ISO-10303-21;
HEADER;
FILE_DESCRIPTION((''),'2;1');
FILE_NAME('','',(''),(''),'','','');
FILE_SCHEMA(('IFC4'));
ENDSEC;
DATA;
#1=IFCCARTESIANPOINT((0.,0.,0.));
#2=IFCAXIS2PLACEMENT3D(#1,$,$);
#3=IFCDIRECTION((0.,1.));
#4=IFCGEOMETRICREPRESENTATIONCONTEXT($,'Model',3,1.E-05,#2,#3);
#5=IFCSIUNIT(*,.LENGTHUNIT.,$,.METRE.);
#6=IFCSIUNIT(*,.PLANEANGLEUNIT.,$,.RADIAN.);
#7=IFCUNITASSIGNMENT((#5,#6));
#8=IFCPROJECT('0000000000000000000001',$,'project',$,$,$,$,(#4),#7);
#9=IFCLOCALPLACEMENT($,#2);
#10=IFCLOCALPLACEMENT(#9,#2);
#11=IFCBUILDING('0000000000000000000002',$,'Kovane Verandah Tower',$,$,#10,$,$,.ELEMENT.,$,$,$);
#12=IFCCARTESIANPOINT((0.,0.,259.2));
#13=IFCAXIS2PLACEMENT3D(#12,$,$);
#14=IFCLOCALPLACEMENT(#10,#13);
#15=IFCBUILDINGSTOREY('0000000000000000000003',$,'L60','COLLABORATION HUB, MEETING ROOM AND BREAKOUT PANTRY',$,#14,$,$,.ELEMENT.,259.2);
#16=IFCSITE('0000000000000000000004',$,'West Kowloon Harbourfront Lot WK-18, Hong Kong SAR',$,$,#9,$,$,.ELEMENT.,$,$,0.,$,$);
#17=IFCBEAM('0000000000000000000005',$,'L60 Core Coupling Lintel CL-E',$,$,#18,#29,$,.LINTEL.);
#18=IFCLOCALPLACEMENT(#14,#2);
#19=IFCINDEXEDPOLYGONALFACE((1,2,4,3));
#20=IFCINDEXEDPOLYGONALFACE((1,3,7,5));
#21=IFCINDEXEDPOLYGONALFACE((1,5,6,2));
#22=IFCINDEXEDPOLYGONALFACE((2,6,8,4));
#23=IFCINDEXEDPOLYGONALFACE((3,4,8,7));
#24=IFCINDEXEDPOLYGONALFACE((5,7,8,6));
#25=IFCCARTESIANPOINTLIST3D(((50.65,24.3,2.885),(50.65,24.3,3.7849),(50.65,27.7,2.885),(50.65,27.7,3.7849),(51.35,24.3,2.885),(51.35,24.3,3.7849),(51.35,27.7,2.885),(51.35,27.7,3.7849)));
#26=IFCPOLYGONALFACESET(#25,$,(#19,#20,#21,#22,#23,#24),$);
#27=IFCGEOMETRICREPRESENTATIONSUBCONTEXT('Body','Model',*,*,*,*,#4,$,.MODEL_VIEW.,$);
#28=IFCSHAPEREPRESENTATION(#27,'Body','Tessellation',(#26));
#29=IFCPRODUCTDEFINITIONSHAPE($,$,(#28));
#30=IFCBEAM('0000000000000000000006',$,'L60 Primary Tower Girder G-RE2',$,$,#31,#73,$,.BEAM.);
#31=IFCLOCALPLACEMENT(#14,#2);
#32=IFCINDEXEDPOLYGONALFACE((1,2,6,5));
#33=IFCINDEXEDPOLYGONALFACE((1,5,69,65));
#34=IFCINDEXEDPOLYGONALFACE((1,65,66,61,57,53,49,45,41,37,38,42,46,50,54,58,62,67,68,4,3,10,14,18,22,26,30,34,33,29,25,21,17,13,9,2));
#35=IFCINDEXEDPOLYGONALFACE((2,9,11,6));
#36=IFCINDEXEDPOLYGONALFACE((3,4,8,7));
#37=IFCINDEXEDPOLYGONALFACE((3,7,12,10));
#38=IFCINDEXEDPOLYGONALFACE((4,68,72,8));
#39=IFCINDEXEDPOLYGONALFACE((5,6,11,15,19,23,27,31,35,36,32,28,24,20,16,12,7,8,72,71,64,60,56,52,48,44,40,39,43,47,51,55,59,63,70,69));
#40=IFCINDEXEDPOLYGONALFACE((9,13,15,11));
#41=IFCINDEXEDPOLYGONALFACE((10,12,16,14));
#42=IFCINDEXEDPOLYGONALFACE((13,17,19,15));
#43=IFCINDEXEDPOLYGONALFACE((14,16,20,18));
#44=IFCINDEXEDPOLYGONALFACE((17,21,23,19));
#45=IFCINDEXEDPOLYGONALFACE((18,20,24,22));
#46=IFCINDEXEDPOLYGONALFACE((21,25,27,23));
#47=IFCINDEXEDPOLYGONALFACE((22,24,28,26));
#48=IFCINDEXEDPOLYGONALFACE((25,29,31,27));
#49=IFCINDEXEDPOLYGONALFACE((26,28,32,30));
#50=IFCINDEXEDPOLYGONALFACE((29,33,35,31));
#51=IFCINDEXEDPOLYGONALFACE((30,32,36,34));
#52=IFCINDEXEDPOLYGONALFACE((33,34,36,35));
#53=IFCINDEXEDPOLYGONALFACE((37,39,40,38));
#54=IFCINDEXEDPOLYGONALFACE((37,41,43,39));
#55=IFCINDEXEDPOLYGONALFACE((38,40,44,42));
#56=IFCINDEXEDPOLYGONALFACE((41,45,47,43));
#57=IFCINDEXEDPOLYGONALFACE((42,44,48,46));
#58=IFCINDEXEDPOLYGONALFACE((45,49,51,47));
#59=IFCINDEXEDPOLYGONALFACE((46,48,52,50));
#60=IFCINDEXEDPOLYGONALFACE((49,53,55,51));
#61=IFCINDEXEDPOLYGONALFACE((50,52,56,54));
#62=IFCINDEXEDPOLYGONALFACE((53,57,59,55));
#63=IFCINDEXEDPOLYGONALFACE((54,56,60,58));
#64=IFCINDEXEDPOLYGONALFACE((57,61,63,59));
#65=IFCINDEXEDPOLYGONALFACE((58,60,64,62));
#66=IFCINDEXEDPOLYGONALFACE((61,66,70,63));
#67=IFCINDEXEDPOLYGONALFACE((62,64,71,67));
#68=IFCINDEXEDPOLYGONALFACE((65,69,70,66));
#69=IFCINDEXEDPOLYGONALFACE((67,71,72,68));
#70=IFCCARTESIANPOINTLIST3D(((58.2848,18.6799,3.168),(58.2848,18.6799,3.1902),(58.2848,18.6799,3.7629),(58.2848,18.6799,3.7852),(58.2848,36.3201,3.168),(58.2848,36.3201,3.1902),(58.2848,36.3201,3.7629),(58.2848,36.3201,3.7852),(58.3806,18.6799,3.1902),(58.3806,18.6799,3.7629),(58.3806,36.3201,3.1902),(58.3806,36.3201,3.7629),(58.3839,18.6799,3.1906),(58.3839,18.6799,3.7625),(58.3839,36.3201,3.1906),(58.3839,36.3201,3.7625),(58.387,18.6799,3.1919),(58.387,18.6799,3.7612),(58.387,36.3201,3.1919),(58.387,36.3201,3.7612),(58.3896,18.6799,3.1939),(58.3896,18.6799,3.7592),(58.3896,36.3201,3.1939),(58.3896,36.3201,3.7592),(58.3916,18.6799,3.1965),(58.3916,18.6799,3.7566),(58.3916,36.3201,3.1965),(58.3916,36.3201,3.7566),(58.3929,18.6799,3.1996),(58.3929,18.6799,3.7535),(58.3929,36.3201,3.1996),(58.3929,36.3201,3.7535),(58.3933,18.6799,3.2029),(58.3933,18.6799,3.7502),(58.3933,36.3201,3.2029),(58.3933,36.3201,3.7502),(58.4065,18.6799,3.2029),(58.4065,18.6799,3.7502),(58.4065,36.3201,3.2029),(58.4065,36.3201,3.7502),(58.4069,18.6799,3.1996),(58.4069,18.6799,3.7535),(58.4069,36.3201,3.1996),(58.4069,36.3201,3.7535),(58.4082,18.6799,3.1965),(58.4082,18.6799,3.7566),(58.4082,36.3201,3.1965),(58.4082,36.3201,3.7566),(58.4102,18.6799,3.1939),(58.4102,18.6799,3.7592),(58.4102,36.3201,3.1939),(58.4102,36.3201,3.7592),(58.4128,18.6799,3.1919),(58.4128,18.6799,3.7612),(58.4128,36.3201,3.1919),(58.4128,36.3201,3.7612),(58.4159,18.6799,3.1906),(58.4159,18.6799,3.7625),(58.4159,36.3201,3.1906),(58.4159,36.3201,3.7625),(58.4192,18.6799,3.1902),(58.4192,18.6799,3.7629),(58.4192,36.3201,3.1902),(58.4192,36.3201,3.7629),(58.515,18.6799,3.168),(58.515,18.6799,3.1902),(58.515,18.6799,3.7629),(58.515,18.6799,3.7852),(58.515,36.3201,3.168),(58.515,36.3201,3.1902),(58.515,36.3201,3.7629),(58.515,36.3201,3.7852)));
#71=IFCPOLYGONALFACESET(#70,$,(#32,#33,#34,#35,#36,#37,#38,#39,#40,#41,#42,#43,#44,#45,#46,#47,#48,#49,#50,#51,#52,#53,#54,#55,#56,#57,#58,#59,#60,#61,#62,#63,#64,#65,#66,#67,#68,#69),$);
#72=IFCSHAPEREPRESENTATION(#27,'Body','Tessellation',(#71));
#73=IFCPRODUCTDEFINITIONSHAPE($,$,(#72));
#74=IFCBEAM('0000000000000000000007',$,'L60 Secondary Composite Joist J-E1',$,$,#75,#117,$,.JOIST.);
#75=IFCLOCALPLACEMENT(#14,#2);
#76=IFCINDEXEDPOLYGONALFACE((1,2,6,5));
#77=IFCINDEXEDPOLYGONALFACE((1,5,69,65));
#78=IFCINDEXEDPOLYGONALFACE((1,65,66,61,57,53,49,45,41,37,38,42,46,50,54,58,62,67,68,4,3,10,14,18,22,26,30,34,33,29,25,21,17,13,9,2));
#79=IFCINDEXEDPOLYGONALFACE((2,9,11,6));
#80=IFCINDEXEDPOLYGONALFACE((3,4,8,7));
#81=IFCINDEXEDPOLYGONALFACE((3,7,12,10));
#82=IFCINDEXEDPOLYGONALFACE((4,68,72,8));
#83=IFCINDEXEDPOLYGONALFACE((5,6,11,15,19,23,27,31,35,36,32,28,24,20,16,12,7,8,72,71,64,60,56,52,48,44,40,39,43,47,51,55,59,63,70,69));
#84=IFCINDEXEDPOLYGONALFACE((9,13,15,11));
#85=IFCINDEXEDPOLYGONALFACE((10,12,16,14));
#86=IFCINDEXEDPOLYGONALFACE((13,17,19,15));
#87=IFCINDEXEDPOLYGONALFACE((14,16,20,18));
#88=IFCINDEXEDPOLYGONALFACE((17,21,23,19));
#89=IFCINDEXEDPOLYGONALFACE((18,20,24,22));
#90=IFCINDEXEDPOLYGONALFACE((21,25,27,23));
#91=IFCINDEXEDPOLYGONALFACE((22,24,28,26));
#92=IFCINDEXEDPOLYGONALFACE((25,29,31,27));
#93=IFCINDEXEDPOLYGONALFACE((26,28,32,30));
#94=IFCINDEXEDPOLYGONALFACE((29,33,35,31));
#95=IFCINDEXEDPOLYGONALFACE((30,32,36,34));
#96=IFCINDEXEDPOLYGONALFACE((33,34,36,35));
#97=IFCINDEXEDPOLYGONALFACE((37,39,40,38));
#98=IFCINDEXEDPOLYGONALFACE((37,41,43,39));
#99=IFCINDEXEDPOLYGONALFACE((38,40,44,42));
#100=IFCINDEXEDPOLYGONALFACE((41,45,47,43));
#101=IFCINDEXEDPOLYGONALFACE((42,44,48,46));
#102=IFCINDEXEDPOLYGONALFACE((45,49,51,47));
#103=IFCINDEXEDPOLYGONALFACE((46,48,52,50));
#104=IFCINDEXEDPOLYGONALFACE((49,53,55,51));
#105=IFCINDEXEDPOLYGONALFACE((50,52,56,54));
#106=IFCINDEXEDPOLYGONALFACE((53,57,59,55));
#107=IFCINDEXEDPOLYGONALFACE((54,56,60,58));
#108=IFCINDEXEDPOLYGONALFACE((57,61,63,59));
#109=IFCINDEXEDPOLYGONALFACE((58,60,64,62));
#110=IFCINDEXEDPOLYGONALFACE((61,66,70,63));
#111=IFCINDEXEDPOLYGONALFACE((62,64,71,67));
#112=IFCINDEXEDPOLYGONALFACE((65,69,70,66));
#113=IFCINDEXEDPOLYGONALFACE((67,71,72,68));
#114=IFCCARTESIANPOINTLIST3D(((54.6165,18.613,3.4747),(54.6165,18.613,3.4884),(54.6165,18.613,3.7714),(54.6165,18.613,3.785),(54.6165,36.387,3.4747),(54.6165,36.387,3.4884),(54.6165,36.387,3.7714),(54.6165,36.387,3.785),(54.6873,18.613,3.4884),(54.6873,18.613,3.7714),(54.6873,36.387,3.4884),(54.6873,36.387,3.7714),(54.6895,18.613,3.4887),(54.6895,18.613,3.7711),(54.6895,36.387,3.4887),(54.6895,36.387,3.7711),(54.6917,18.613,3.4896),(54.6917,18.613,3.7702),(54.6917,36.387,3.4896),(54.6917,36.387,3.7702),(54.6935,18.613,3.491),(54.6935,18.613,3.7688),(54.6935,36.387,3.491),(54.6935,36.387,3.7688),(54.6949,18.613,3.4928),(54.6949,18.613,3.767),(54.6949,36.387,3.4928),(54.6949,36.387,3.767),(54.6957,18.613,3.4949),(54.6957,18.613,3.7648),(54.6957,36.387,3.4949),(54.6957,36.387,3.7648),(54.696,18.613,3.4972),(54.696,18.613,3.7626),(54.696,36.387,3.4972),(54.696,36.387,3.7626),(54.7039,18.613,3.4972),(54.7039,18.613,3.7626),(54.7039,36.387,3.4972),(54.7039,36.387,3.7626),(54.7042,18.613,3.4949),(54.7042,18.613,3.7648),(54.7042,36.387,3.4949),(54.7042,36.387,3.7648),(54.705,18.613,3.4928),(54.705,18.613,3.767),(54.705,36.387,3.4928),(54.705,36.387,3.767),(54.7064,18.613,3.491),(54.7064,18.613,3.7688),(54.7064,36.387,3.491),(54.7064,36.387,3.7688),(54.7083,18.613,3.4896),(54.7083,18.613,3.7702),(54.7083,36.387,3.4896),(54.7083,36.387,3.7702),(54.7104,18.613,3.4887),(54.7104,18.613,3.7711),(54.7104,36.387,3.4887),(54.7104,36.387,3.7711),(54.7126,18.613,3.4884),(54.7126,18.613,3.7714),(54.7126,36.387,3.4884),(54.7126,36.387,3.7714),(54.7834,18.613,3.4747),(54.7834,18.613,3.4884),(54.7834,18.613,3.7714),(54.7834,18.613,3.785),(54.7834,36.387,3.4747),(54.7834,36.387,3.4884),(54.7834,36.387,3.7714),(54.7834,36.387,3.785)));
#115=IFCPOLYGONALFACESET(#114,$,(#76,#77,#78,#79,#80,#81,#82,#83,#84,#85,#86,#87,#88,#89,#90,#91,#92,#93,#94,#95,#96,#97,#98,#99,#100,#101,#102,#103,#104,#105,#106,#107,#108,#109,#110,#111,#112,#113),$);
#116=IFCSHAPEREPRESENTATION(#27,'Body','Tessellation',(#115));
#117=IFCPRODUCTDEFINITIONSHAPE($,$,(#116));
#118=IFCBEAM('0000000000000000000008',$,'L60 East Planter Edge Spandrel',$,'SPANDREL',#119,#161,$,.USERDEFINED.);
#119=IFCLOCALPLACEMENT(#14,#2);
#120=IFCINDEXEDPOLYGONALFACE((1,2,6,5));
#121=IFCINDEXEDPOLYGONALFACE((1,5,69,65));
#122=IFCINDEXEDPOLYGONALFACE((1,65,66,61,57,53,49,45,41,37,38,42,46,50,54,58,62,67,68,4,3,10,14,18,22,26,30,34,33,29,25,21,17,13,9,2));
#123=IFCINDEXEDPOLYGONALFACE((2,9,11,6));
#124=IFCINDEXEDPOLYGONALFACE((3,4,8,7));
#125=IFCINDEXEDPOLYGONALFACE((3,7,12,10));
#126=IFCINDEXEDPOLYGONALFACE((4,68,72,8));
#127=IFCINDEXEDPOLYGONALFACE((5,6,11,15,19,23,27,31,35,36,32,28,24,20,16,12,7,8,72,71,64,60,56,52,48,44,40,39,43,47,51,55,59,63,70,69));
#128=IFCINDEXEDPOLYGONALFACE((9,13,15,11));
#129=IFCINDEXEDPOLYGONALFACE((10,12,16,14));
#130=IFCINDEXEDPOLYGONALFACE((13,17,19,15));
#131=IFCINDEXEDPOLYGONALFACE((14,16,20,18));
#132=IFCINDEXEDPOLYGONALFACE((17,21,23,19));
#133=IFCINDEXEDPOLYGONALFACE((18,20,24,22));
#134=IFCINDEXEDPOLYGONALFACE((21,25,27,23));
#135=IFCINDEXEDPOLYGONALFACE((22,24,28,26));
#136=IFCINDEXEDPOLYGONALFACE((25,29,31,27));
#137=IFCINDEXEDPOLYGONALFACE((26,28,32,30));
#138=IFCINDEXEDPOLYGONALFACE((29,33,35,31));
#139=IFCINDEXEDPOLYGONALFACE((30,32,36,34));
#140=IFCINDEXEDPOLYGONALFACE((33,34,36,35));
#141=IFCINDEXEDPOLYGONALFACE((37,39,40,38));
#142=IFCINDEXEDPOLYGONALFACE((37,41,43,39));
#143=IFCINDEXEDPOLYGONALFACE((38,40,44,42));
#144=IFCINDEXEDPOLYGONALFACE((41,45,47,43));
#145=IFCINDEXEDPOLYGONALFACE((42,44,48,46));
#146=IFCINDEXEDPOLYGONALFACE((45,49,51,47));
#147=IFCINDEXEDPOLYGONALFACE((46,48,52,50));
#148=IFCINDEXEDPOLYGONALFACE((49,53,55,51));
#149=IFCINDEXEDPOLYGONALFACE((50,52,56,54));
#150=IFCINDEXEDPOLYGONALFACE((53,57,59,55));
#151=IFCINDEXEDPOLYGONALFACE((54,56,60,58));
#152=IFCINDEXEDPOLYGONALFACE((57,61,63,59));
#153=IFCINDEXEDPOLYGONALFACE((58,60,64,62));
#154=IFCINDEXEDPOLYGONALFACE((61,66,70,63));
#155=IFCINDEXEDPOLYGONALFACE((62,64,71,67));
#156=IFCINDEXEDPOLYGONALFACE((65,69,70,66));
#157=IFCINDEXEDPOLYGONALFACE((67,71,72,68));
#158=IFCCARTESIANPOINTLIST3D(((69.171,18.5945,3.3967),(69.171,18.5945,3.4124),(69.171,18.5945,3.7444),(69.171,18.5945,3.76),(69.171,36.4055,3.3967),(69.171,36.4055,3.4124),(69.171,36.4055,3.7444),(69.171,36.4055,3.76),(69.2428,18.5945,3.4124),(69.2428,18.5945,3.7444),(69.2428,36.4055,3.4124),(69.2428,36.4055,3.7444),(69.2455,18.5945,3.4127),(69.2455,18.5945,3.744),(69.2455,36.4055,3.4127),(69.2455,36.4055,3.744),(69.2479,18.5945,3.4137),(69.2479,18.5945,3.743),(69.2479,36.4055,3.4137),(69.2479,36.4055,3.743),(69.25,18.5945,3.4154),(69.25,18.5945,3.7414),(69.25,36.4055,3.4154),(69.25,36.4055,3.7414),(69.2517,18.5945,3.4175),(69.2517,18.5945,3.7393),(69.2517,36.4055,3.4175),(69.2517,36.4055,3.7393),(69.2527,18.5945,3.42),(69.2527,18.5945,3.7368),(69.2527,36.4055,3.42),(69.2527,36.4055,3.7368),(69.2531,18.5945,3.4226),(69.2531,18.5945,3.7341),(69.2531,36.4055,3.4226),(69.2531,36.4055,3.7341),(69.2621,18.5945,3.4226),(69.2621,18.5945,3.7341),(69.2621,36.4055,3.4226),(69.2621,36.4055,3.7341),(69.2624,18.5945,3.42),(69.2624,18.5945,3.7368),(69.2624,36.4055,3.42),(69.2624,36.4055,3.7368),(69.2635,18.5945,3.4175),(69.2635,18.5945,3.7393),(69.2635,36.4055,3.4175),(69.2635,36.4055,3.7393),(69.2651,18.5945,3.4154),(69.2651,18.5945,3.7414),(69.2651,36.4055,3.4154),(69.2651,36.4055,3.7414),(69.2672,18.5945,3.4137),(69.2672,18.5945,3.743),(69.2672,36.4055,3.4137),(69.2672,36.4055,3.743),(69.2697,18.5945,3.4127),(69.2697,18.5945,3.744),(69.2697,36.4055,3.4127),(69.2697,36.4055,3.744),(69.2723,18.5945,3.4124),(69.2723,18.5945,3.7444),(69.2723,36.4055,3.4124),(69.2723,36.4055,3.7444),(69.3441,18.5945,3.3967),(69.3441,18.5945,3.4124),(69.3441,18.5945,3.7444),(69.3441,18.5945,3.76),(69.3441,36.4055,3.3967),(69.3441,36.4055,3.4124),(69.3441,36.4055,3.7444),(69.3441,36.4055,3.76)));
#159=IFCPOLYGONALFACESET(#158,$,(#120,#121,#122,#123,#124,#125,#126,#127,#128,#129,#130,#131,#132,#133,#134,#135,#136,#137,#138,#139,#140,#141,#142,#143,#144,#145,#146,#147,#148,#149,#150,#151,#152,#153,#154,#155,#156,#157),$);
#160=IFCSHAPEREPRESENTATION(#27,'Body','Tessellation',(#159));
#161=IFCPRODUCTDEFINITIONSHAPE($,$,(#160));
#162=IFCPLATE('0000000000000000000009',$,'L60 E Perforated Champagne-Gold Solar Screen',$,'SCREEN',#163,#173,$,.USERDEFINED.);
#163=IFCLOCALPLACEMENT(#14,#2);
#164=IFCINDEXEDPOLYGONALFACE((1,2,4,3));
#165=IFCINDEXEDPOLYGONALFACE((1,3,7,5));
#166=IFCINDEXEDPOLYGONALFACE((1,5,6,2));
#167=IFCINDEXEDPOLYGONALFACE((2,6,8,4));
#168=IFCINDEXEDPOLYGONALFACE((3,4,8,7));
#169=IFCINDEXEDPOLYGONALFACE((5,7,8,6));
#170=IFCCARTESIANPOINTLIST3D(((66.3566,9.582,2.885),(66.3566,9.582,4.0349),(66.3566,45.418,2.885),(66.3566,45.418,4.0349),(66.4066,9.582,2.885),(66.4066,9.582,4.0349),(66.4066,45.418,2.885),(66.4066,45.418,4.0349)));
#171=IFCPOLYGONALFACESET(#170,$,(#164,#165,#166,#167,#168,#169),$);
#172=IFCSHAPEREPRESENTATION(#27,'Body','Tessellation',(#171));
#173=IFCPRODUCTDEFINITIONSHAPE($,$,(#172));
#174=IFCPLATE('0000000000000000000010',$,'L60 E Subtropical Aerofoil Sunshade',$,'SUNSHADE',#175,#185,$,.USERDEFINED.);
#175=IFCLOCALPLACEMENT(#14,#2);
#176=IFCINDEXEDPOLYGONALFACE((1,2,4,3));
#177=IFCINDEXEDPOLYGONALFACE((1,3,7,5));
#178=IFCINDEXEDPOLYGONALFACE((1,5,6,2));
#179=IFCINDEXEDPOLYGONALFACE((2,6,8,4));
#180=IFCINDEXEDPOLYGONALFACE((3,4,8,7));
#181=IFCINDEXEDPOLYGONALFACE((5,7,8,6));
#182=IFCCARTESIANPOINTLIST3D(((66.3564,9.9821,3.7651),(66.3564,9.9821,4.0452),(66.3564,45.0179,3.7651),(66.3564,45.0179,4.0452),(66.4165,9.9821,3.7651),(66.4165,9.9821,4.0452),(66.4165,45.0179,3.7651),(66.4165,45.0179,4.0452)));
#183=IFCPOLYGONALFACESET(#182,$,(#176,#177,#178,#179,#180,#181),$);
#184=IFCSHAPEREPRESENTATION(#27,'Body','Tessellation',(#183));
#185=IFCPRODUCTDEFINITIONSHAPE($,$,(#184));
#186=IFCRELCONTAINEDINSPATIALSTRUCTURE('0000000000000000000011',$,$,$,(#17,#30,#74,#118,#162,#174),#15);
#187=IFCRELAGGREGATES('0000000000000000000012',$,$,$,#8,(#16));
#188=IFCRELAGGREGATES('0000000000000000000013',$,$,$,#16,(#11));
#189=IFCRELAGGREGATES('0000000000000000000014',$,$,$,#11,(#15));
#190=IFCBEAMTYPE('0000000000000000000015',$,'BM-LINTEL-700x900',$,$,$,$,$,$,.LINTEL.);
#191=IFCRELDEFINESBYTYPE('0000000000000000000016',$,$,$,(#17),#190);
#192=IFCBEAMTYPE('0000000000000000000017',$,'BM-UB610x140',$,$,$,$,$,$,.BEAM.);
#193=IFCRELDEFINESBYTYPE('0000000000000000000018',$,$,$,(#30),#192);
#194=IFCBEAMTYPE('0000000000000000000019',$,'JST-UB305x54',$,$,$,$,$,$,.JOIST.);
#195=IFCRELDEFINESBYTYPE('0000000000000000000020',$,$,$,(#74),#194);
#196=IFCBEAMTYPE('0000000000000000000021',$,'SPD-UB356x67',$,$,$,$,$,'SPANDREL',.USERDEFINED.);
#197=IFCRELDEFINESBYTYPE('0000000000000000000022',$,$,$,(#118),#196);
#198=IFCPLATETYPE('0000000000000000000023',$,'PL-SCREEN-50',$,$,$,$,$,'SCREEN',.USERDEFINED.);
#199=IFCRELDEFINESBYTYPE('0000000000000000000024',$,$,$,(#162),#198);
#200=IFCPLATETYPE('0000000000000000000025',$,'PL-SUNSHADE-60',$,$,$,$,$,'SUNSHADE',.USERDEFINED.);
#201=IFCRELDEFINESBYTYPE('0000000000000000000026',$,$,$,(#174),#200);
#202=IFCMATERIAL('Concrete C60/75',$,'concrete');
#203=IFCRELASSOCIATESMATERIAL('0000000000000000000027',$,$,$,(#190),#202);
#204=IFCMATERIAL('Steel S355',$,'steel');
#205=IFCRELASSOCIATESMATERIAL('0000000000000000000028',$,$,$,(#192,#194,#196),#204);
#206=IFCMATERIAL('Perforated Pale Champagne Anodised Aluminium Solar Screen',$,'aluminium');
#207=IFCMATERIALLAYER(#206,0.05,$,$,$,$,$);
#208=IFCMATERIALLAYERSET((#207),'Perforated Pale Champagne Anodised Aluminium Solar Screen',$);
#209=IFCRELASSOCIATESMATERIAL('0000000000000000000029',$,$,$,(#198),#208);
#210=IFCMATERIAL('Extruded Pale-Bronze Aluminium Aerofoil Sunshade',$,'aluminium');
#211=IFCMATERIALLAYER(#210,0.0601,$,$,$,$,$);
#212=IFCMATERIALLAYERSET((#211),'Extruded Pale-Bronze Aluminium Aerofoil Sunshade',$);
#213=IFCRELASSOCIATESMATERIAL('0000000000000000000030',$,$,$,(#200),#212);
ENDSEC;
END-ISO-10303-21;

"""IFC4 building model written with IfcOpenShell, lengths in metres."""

from ifc_helpers import new_model, si_unit, direction, frame, origin, origin_2d, place, context, subcontext, project, spatial, rectangle, i_section, extrude, material, layer, layer_set, material_profile, profile_set, type_object, element, save


model = new_model("IFC4")

# Units and contexts
model_context = context("Model", 3, precision=1e-05, world=origin(), true_north=direction((0.0, 1.0)))
body_context = subcontext(model_context, "Body", "Model", "MODEL_VIEW")
ifc_project = project(units=[si_unit("LENGTHUNIT", "METRE"), si_unit("PLANEANGLEUNIT", "RADIAN")], contexts=[model_context])

# Site, building, storey
site_placement = place(None, origin())
site = spatial("IfcSite", under=ifc_project, at=site_placement, Name="West Kowloon Harbourfront Lot WK-18, Hong Kong SAR", CompositionType="ELEMENT", RefElevation=0.0)
building_placement = place(site_placement, origin())
building = spatial("IfcBuilding", under=site, at=building_placement, Name="Kovane Verandah Tower", CompositionType="ELEMENT")
storey_placement = place(building_placement, frame((0.0, 0.0, 259.2)))
storey = spatial("IfcBuildingStorey", under=building, at=storey_placement, Name="L60", Description="COLLABORATION HUB, MEETING ROOM AND BREAKOUT PANTRY", CompositionType="ELEMENT", Elevation=259.2)

# Beams
ifc_material_1 = material(Name="Concrete C60/75", Category="concrete")
ifc_material_profile_1 = material_profile(ifc_material_1, rectangle(XDim=0.7, YDim=0.8999, at=origin_2d()), Name="RCB700x900")
ifc_profile_set_1 = profile_set([ifc_material_profile_1], Name="Concrete C60/75")
beam_type_1 = type_object("IfcBeamType", Name="BM-LINTEL-700x900", PredefinedType="LINTEL", material=ifc_profile_set_1)
beam_1_placement = place(storey_placement, frame((51.0, 24.3, 3.335), z_axis=(0.0, 1.0, 0.0), x_axis=(-1.0, 0.0, 0.0)))
element("IfcBeam", 1, at=beam_1_placement, inside=storey, type_object=beam_type_1, Name="L60 Core Coupling Lintel CL-E", PredefinedType="LINTEL", context=body_context, shape_type="SweptSolid", body=[
    extrude(rectangle(XDim=0.7, YDim=0.8999, at=origin_2d()), origin(), (0.0, 0.0, 1.0), 3.3999),
])
ifc_material_2 = material(Name="Steel S355", Category="steel")
ifc_material_profile_2 = material_profile(ifc_material_2, i_section(OverallWidth=0.2302, OverallDepth=0.6172, WebThickness=0.0132, FlangeThickness=0.0222, FilletRadius=0.0127, at=origin_2d()), Name="UB610x229x140")
ifc_profile_set_2 = profile_set([ifc_material_profile_2], Name="Steel S355")
beam_type_2 = type_object("IfcBeamType", Name="BM-UB610x140", PredefinedType="BEAM", material=ifc_profile_set_2)
beam_2_placement = place(storey_placement, frame((58.3999, 18.6799, 3.4766), z_axis=(0.0, 1.0, 0.0), x_axis=(-1.0, 0.0, 0.0)))
element("IfcBeam", 2, at=beam_2_placement, inside=storey, type_object=beam_type_2, Name="L60 Primary Tower Girder G-RE2", PredefinedType="BEAM", context=body_context, shape_type="SweptSolid", body=[
    extrude(i_section(OverallWidth=0.2302, OverallDepth=0.6172, WebThickness=0.0132, FlangeThickness=0.0222, FilletRadius=0.0127, at=origin_2d()), origin(), (0.0, 0.0, 1.0), 17.6401),
])
ifc_material_profile_3 = material_profile(ifc_material_2, i_section(OverallWidth=0.167, OverallDepth=0.3103, WebThickness=0.0078, FlangeThickness=0.0137, FilletRadius=0.0088, at=origin_2d()), Name="UB305x165x54")
ifc_profile_set_3 = profile_set([ifc_material_profile_3], Name="Steel S355")
beam_type_3 = type_object("IfcBeamType", Name="JST-UB305x54", PredefinedType="JOIST", material=ifc_profile_set_3)
beam_3_placement = place(storey_placement, frame((54.7, 18.613, 3.6299), z_axis=(0.0, 1.0, 0.0), x_axis=(-1.0, 0.0, 0.0)))
element("IfcBeam", 3, at=beam_3_placement, inside=storey, type_object=beam_type_3, Name="L60 Secondary Composite Joist J-E1", PredefinedType="JOIST", context=body_context, shape_type="SweptSolid", body=[
    extrude(i_section(OverallWidth=0.167, OverallDepth=0.3103, WebThickness=0.0078, FlangeThickness=0.0137, FilletRadius=0.0088, at=origin_2d()), origin(), (0.0, 0.0, 1.0), 17.7739),
])
ifc_material_profile_4 = material_profile(ifc_material_2, i_section(OverallWidth=0.1731, OverallDepth=0.3633, WebThickness=0.009, FlangeThickness=0.0156, FilletRadius=0.0103, at=origin_2d()), Name="UB356x171x67")
ifc_profile_set_4 = profile_set([ifc_material_profile_4], Name="Steel S355")
beam_type_4 = type_object("IfcBeamType", Name="SPD-UB356x67", ElementType="SPANDREL", PredefinedType="USERDEFINED", material=ifc_profile_set_4)
beam_4_placement = place(storey_placement, frame((69.2576, 18.5945, 3.5784), z_axis=(0.0, 1.0, 0.0), x_axis=(-1.0, 0.0, 0.0)))
element("IfcBeam", 4, at=beam_4_placement, inside=storey, type_object=beam_type_4, Name="L60 East Planter Edge Spandrel", ObjectType="SPANDREL", PredefinedType="USERDEFINED", context=body_context, shape_type="SweptSolid", body=[
    extrude(i_section(OverallWidth=0.1731, OverallDepth=0.3633, WebThickness=0.009, FlangeThickness=0.0156, FilletRadius=0.0103, at=origin_2d()), origin(), (0.0, 0.0, 1.0), 17.811),
])

# Plates
ifc_material_3 = material(Name="Perforated Pale Champagne Anodised Aluminium Solar Screen", Category="aluminium")
ifc_layer_1 = layer(ifc_material_3, 0.05)
ifc_layer_set_1 = layer_set([ifc_layer_1], Name="Perforated Pale Champagne Anodised Aluminium Solar Screen")
plate_type_1 = type_object("IfcPlateType", Name="PL-SCREEN-50", ElementType="SCREEN", PredefinedType="USERDEFINED", material=ifc_layer_set_1)
plate_1_placement = place(storey_placement, frame((66.3816, 27.5, 2.885), z_axis=(0.0, 0.0, 1.0), x_axis=(0.0, 1.0, 0.0)))
element("IfcPlate", 5, at=plate_1_placement, inside=storey, type_object=plate_type_1, Name="L60 E Perforated Champagne-Gold Solar Screen", ObjectType="SCREEN", PredefinedType="USERDEFINED", context=body_context, shape_type="SweptSolid", body=[
    extrude(rectangle(XDim=35.8359, YDim=0.05, at=origin_2d()), origin(), (0.0, 0.0, 1.0), 1.1499),
])
ifc_material_4 = material(Name="Extruded Pale-Bronze Aluminium Aerofoil Sunshade", Category="aluminium")
ifc_layer_2 = layer(ifc_material_4, 0.0601)
ifc_layer_set_2 = layer_set([ifc_layer_2], Name="Extruded Pale-Bronze Aluminium Aerofoil Sunshade")
plate_type_2 = type_object("IfcPlateType", Name="PL-SUNSHADE-60", ElementType="SUNSHADE", PredefinedType="USERDEFINED", material=ifc_layer_set_2)
plate_2_placement = place(storey_placement, frame((66.3865, 27.5, 3.7651), z_axis=(0.0, 0.0, 1.0), x_axis=(0.0, 1.0, 0.0)))
element("IfcPlate", 6, at=plate_2_placement, inside=storey, type_object=plate_type_2, Name="L60 E Subtropical Aerofoil Sunshade", ObjectType="SUNSHADE", PredefinedType="USERDEFINED", context=body_context, shape_type="SweptSolid", body=[
    extrude(rectangle(XDim=35.0359, YDim=0.0601, at=origin_2d()), origin(), (0.0, 0.0, 1.0), 0.28),
])

save(model, "model.ifc")
